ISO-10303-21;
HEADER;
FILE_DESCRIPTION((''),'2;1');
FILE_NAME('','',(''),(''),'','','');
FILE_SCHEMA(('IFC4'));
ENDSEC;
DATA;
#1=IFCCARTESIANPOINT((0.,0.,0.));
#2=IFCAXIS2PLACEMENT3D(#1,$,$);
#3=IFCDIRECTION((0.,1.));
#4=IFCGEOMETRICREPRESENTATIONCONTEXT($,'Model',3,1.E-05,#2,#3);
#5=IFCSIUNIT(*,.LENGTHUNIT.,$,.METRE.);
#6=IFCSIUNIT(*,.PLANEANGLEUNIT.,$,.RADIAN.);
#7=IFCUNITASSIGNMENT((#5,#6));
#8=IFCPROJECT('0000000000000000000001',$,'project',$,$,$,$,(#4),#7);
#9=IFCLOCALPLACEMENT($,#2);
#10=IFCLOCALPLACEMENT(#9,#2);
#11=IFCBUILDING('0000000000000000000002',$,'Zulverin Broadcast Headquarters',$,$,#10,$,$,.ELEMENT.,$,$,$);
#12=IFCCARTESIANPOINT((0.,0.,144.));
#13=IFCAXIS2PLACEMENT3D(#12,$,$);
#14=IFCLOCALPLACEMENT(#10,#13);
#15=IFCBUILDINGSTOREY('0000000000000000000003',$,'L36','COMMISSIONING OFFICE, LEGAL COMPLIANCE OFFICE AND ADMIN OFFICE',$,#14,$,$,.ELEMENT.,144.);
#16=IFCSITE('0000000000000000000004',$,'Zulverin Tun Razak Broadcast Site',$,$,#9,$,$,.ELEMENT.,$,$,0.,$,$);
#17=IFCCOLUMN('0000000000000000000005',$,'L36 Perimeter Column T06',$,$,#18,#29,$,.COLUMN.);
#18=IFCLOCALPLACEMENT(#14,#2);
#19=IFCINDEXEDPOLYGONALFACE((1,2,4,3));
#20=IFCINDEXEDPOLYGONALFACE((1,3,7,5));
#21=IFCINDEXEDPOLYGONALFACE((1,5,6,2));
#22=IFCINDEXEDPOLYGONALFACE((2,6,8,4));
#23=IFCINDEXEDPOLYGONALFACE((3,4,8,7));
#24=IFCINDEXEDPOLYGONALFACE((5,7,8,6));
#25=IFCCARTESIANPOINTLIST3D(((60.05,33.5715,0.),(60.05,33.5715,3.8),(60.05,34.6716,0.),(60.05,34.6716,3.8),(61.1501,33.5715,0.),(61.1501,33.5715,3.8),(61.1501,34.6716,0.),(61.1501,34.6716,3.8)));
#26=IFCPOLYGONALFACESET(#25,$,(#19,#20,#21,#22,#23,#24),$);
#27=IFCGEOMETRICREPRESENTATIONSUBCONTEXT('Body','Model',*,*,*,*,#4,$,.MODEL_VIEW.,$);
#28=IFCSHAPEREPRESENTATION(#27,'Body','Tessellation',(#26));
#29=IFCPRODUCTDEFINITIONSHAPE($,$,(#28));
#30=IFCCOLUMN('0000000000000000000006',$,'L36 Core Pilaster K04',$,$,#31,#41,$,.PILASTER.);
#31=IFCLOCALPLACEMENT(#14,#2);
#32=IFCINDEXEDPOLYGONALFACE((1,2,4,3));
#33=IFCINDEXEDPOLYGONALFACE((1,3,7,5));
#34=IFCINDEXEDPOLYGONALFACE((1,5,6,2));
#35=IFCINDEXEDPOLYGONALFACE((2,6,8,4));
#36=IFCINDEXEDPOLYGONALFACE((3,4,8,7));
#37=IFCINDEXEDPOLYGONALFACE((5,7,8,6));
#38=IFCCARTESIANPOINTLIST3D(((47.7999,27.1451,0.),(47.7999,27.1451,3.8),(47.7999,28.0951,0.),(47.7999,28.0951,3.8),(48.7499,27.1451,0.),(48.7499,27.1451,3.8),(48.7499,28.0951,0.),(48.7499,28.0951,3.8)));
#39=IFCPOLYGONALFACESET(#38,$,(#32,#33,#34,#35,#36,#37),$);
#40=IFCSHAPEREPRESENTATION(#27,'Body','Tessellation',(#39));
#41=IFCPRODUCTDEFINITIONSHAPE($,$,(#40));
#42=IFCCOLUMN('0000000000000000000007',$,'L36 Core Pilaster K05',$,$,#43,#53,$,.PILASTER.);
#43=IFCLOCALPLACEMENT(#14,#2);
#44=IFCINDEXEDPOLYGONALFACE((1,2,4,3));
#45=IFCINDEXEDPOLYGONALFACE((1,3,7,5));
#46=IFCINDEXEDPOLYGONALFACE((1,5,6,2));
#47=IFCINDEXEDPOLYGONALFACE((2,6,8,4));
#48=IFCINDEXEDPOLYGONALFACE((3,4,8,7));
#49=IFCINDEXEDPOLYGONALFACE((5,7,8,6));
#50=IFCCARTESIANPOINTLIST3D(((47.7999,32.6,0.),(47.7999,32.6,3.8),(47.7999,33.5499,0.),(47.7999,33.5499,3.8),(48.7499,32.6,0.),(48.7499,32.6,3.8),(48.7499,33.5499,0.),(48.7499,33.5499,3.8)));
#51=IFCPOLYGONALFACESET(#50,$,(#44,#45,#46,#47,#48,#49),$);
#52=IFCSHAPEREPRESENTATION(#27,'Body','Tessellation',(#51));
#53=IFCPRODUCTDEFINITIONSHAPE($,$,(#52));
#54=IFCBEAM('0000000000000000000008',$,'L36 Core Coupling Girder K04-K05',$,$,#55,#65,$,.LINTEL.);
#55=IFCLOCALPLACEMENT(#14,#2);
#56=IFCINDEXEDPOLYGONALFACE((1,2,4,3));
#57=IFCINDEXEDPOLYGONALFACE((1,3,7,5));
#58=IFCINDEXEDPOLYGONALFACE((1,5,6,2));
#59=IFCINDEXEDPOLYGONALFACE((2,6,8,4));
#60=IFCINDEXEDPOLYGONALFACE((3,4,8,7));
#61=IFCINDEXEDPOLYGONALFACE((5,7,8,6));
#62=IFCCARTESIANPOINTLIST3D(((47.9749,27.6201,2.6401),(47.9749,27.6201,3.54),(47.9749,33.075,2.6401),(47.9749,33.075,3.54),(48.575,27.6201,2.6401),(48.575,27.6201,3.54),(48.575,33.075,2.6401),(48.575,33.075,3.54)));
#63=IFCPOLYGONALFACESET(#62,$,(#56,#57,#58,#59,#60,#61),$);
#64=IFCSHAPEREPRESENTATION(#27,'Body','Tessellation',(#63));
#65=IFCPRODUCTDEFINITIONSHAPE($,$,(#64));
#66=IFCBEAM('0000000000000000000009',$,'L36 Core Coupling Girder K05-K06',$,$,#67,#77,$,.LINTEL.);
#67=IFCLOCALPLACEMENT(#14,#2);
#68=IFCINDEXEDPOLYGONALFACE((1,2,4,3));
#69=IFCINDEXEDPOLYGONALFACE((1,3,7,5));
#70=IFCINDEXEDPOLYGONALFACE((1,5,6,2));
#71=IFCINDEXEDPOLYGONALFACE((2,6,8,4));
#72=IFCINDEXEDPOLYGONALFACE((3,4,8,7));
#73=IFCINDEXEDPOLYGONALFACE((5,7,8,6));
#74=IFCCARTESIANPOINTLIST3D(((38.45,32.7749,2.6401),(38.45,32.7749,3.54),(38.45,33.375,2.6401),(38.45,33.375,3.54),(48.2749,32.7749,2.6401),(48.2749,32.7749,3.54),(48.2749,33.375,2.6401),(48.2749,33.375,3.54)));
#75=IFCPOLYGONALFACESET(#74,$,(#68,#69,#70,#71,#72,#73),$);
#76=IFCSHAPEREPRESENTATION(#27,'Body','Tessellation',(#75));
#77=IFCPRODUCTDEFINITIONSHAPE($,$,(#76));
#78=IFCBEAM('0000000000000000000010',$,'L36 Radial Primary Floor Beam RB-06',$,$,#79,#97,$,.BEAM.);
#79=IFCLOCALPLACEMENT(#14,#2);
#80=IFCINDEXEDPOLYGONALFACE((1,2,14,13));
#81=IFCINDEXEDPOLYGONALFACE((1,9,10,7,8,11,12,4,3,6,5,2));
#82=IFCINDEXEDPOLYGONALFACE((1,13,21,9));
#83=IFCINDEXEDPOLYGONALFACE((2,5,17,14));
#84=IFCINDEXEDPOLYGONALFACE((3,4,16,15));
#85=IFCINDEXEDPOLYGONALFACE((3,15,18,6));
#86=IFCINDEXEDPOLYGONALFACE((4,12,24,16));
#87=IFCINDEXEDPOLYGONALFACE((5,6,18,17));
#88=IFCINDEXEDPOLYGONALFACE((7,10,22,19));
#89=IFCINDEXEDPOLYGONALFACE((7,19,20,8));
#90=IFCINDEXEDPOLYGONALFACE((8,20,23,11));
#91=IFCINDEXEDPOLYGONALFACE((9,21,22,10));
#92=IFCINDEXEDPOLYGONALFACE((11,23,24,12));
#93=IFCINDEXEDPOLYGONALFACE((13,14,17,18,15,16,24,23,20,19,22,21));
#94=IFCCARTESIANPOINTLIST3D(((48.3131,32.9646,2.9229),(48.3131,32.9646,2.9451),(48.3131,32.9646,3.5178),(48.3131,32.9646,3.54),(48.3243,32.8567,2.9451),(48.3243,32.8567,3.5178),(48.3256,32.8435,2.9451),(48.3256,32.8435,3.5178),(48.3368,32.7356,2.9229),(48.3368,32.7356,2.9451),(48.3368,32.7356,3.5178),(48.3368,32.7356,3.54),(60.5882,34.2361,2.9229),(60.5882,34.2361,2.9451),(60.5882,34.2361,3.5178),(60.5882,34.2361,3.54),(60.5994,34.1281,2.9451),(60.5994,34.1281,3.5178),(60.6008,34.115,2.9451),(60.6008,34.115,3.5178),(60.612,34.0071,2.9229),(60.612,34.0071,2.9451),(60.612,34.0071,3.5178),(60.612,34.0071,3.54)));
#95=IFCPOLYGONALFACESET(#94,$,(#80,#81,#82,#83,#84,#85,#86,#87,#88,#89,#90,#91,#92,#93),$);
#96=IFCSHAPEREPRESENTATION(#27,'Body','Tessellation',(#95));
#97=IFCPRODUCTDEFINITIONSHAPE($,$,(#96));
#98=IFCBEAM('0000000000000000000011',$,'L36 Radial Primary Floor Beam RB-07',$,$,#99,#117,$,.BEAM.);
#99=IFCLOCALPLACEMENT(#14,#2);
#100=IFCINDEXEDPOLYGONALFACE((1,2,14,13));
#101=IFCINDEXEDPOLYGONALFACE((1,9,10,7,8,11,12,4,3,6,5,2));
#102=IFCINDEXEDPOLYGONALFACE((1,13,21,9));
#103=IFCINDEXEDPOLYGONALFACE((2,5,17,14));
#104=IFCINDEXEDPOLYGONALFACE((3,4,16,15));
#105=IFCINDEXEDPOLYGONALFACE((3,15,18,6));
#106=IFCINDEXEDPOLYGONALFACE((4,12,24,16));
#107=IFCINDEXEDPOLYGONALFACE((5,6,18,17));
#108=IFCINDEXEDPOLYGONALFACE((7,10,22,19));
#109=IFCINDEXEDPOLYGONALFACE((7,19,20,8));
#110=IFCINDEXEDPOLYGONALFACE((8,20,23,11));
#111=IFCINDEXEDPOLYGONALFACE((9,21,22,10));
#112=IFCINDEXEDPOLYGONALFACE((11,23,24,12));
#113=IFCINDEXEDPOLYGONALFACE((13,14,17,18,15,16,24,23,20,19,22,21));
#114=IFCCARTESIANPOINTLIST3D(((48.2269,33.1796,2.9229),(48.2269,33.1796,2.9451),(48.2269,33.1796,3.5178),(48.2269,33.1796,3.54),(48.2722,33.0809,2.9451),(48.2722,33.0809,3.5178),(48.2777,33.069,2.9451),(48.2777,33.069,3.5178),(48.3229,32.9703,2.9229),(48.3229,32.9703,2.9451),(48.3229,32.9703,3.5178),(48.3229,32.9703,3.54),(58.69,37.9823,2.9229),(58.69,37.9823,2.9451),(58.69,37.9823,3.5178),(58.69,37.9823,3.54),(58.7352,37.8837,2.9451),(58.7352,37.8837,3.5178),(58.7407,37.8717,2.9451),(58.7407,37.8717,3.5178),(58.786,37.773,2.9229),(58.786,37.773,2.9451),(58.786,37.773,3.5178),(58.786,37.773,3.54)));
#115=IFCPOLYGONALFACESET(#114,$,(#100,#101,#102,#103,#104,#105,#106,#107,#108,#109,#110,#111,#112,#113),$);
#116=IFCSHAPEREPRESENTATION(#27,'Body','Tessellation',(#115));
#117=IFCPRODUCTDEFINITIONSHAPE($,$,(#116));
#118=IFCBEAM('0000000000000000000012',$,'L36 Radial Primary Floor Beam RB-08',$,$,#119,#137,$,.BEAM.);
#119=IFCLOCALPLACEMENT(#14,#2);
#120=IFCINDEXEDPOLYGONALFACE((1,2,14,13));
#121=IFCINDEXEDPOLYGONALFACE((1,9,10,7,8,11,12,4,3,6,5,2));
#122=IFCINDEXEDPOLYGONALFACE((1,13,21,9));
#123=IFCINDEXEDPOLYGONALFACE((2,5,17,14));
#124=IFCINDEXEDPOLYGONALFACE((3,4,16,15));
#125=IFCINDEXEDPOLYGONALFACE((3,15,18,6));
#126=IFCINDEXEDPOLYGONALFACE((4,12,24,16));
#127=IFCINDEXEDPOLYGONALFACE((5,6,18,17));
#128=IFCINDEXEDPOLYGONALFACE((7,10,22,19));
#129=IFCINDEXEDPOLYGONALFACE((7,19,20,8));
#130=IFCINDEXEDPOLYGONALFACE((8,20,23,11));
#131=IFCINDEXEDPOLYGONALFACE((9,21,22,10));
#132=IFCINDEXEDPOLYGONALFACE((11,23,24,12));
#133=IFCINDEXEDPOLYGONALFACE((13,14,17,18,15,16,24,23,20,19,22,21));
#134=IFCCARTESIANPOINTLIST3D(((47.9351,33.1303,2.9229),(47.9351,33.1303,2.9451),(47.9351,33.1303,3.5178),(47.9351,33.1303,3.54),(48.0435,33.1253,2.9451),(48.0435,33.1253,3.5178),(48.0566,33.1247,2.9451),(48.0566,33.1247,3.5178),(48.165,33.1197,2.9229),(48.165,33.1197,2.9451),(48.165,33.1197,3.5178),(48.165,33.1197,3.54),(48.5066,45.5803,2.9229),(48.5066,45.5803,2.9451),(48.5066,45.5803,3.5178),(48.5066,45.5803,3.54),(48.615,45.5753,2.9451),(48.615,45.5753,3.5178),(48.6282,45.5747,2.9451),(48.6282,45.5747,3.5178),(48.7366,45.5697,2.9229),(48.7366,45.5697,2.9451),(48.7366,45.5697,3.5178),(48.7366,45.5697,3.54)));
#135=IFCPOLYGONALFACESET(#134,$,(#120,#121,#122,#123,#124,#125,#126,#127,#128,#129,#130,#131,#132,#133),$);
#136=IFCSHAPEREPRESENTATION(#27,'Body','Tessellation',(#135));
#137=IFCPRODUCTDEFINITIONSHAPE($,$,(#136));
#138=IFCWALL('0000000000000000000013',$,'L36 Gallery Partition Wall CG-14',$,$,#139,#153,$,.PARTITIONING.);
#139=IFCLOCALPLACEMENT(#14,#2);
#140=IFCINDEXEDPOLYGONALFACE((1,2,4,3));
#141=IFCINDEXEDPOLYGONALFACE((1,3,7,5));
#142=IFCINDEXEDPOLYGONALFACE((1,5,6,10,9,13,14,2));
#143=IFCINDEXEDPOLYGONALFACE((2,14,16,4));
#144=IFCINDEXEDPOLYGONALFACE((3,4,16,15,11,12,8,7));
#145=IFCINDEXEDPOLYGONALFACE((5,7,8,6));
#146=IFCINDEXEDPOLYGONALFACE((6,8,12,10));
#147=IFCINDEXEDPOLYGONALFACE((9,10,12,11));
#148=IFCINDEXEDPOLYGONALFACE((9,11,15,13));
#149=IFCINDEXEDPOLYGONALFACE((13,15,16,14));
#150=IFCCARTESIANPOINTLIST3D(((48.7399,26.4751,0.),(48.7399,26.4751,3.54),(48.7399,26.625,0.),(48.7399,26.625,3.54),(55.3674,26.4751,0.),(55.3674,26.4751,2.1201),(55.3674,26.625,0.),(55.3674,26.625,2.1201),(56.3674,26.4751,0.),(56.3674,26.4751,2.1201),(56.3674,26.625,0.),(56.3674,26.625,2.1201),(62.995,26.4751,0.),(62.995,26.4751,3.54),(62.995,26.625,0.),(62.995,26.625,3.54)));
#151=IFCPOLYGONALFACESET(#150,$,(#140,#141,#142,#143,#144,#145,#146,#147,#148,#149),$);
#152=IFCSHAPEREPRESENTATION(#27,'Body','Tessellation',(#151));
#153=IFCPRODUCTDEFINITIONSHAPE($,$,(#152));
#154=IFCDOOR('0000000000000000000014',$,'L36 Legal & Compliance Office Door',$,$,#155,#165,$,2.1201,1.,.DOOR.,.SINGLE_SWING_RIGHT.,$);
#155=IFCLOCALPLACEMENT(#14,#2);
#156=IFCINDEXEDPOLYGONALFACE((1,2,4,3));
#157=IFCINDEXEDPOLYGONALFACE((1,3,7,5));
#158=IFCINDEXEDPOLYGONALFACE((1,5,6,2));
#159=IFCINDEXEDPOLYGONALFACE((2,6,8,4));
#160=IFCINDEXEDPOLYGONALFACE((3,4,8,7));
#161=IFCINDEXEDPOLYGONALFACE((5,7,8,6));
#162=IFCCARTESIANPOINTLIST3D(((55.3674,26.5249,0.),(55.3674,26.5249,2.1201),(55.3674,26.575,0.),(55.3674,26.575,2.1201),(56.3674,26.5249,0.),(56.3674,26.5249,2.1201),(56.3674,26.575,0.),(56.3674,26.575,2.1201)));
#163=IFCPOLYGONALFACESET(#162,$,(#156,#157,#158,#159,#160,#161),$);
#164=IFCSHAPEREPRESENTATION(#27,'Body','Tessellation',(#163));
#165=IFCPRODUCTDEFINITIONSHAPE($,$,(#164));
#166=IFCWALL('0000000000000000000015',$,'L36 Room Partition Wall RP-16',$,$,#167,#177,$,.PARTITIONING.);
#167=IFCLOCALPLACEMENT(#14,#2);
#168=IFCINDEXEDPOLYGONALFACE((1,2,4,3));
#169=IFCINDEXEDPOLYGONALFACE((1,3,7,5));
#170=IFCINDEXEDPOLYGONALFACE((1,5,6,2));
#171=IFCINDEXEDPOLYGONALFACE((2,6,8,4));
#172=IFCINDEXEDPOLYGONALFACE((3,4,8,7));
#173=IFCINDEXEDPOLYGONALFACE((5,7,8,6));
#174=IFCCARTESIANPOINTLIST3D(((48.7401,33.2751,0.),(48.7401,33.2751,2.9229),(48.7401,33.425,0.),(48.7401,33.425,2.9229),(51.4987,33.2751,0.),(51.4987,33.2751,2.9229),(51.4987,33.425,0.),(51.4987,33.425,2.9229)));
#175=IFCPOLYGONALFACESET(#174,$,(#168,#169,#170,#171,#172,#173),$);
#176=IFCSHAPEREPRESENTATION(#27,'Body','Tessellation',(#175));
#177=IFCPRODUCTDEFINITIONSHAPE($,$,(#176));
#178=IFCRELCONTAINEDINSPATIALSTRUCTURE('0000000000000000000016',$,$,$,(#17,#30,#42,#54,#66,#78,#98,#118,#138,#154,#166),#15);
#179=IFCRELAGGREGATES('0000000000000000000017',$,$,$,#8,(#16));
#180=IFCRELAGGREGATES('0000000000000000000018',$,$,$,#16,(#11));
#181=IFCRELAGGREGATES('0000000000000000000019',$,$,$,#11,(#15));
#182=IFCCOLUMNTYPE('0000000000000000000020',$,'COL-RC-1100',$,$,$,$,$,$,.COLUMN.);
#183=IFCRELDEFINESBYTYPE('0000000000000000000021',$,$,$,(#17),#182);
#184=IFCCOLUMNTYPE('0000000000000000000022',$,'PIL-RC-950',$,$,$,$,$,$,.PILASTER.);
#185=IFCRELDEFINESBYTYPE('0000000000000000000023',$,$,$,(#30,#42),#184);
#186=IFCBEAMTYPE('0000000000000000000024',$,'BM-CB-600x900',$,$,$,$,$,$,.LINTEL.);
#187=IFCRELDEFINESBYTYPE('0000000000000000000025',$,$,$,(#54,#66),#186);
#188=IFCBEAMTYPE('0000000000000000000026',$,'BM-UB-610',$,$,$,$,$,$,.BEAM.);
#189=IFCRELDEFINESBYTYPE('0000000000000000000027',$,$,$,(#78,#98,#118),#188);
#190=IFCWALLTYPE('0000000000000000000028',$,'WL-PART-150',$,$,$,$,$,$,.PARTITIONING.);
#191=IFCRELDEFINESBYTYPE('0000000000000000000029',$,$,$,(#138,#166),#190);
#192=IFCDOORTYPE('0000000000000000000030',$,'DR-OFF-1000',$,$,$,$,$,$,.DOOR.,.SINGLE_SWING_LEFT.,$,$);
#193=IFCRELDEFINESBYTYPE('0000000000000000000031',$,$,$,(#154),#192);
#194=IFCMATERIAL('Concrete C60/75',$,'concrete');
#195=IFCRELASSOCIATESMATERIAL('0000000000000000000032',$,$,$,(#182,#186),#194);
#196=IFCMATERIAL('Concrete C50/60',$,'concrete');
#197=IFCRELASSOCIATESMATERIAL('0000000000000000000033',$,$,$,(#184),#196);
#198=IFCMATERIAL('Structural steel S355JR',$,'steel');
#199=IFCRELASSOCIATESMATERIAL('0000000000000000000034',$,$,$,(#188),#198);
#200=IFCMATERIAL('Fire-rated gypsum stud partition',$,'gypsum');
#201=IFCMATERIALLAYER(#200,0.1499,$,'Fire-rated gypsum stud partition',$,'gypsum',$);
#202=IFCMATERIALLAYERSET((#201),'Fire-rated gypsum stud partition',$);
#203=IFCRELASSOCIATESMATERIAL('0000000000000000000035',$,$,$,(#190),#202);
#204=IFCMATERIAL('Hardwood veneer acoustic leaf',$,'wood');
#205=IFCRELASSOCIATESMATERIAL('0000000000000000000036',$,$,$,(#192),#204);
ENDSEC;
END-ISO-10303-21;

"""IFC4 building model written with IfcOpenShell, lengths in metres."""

from ifc_helpers import new_model, si_unit, direction, frame, frame_2d, origin, origin_2d, place, context, subcontext, project, spatial, rectangle, i_section, extrude, material, layer, layer_set, material_profile, profile_set, type_object, element, fill, save


model = new_model("IFC4")

# Units and contexts
model_context = context("Model", 3, precision=1e-05, world=origin(), true_north=direction((0.0, 1.0)))
body_context = subcontext(model_context, "Body", "Model", "MODEL_VIEW")
ifc_project = project(units=[si_unit("LENGTHUNIT", "METRE"), si_unit("PLANEANGLEUNIT", "RADIAN")], contexts=[model_context])

# Site, building, storey
site_placement = place(None, origin())
site = spatial("IfcSite", under=ifc_project, at=site_placement, Name="Zulverin Tun Razak Broadcast Site", CompositionType="ELEMENT", RefElevation=0.0)
building_placement = place(site_placement, origin())
building = spatial("IfcBuilding", under=site, at=building_placement, Name="Zulverin Broadcast Headquarters", CompositionType="ELEMENT")
storey_placement = place(building_placement, frame((0.0, 0.0, 144.0)))
storey = spatial("IfcBuildingStorey", under=building, at=storey_placement, Name="L36", Description="COMMISSIONING OFFICE, LEGAL COMPLIANCE OFFICE AND ADMIN OFFICE", CompositionType="ELEMENT", Elevation=144.0)

# Columns
ifc_material_1 = material(Name="Concrete C60/75", Category="concrete")
ifc_material_profile_1 = material_profile(ifc_material_1, rectangle(XDim=1.1001, YDim=1.1001, at=origin_2d()), Name="Concrete C60/75", Category="concrete")
ifc_profile_set_1 = profile_set([ifc_material_profile_1], Name="Concrete C60/75")
column_type_1 = type_object("IfcColumnType", Name="COL-RC-1100", PredefinedType="COLUMN", material=ifc_profile_set_1)
column_placement = place(storey_placement, frame((60.6001, 34.1216, 0.0), z_axis=(0.0, 0.0, 1.0), x_axis=(1.0, 0.0, 0.0)))
element("IfcColumn", 1, at=column_placement, inside=storey, type_object=column_type_1, Name="L36 Perimeter Column T06", PredefinedType="COLUMN", context=body_context, shape_type="SweptSolid", body=[
    extrude(rectangle(XDim=1.1001, YDim=1.1001, at=origin_2d()), origin(), (0.0, 0.0, 1.0), 3.8),
])
ifc_material_2 = material(Name="Concrete C50/60", Category="concrete")
ifc_material_profile_2 = material_profile(ifc_material_2, rectangle(XDim=0.95, YDim=0.95, at=origin_2d()), Name="Concrete C50/60", Category="concrete")
ifc_profile_set_2 = profile_set([ifc_material_profile_2], Name="Concrete C50/60")
column_type_2 = type_object("IfcColumnType", Name="PIL-RC-950", PredefinedType="PILASTER", material=ifc_profile_set_2)
for number, where, z_axis, x_axis, name in (
    (2, (48.2749, 27.6201, 0.0), (0.0, 0.0, 1.0), (1.0, 0.0, 0.0), "L36 Core Pilaster K04"),
    (3, (48.2749, 33.075, 0.0), (0.0, 0.0, 1.0), (1.0, 0.0, 0.0), "L36 Core Pilaster K05"),
):
    element("IfcColumn", number, at=place(storey_placement, frame(where, z_axis=z_axis, x_axis=x_axis)), inside=storey, type_object=column_type_2, Name=name, PredefinedType="PILASTER", context=body_context, shape_type="SweptSolid", body=[
        extrude(rectangle(XDim=0.95, YDim=0.95, at=origin_2d()), origin(), (0.0, 0.0, 1.0), 3.8),
    ])

# Beams
ifc_material_profile_3 = material_profile(ifc_material_1, rectangle(XDim=0.6001, YDim=0.8999, at=origin_2d()), Name="Concrete C60/75", Category="concrete")
ifc_profile_set_3 = profile_set([ifc_material_profile_3], Name="Concrete C60/75")
beam_type_1 = type_object("IfcBeamType", Name="BM-CB-600x900", PredefinedType="LINTEL", material=ifc_profile_set_3)
beam_1_placement = place(storey_placement, frame((48.2749, 27.6201, 3.0901), z_axis=(0.0, 1.0, 0.0), x_axis=(-1.0, 0.0, 0.0)))
element("IfcBeam", 4, at=beam_1_placement, inside=storey, type_object=beam_type_1, Name="L36 Core Coupling Girder K04-K05", PredefinedType="LINTEL", context=body_context, shape_type="SweptSolid", body=[
    extrude(rectangle(XDim=0.6001, YDim=0.8999, at=origin_2d()), origin(), (0.0, 0.0, 1.0), 5.4548),
])
beam_2_placement = place(storey_placement, frame((48.2749, 33.075, 3.0901), z_axis=(-1.0, 0.0, 0.0), x_axis=(0.0, -1.0, 0.0)))
element("IfcBeam", 5, at=beam_2_placement, inside=storey, type_object=beam_type_1, Name="L36 Core Coupling Girder K05-K06", PredefinedType="LINTEL", context=body_context, shape_type="SweptSolid", body=[
    extrude(rectangle(XDim=0.6001, YDim=0.8999, at=origin_2d()), origin(), (0.0, 0.0, 1.0), 9.825),
])
ifc_material_3 = material(Name="Structural steel S355JR", Category="steel")
ifc_material_profile_4 = material_profile(ifc_material_3, i_section(OverallWidth=0.2302, OverallDepth=0.6172, WebThickness=0.0132, FlangeThickness=0.0222, at=origin_2d()), Name="Structural steel S355JR", Category="steel")
ifc_profile_set_4 = profile_set([ifc_material_profile_4], Name="Structural steel S355JR")
beam_type_2 = type_object("IfcBeamType", Name="BM-UB-610", PredefinedType="BEAM", material=ifc_profile_set_4)
beam_3_placement = place(storey_placement, frame((48.325, 32.8501, 3.2314), z_axis=(0.994678, 0.103031, 0.0), x_axis=(-0.103031, 0.994678, 0.0)))
element("IfcBeam", 6, at=beam_3_placement, inside=storey, type_object=beam_type_2, Name="L36 Radial Primary Floor Beam RB-06", PredefinedType="BEAM", context=body_context, shape_type="SweptSolid", body=[
    extrude(i_section(OverallWidth=0.2302, OverallDepth=0.6172, WebThickness=0.0132, FlangeThickness=0.0222, at=origin_2d()), origin(), (0.0, 0.0, 1.0), 12.3408),
])
beam_4_placement = place(storey_placement, frame((48.2749, 33.075, 3.2314), z_axis=(0.90883, 0.417167, 0.0), x_axis=(-0.417167, 0.90883, 0.0)))
element("IfcBeam", 7, at=beam_4_placement, inside=storey, type_object=beam_type_2, Name="L36 Radial Primary Floor Beam RB-07", PredefinedType="BEAM", context=body_context, shape_type="SweptSolid", body=[
    extrude(i_section(OverallWidth=0.2302, OverallDepth=0.6172, WebThickness=0.0132, FlangeThickness=0.0222, at=origin_2d()), origin(), (0.0, 0.0, 1.0), 11.5127),
])
beam_5_placement = place(storey_placement, frame((48.05, 33.125, 3.2314), z_axis=(0.045858, 0.998948, 0.0), x_axis=(-0.998948, 0.045858, 0.0)))
element("IfcBeam", 8, at=beam_5_placement, inside=storey, type_object=beam_type_2, Name="L36 Radial Primary Floor Beam RB-08", PredefinedType="BEAM", context=body_context, shape_type="SweptSolid", body=[
    extrude(i_section(OverallWidth=0.2302, OverallDepth=0.6172, WebThickness=0.0132, FlangeThickness=0.0222, at=origin_2d()), origin(), (0.0, 0.0, 1.0), 12.4631),
])

# Wall, opening, door
ifc_material_4 = material(Name="Fire-rated gypsum stud partition", Category="gypsum")
ifc_layer_1 = layer(ifc_material_4, 0.1499, Name="Fire-rated gypsum stud partition", Category="gypsum")
ifc_layer_set_1 = layer_set([ifc_layer_1], Name="Fire-rated gypsum stud partition")
wall_type_1 = type_object("IfcWallType", Name="WL-PART-150", PredefinedType="PARTITIONING", material=ifc_layer_set_1)
wall_1_placement = place(storey_placement, frame((48.74, 26.55, 0.0), z_axis=(0.0, 0.0, 1.0), x_axis=(1.0, 0.0, 0.0)))
wall_1 = element("IfcWall", 9, at=wall_1_placement, inside=storey, type_object=wall_type_1, Name="L36 Gallery Partition Wall CG-14", PredefinedType="PARTITIONING", context=body_context, shape_type="SweptSolid", body=[
    extrude(rectangle(XDim=14.2551, YDim=0.1499, at=frame_2d((7.1274, 0.0))), origin(), (0.0, 0.0, 1.0), 3.54),
])
opening_placement = place(wall_1_placement, frame((6.6274, 0.0, 0.0)))
opening = element("IfcOpeningElement", 10, at=opening_placement, cuts=wall_1, PredefinedType="OPENING", context=body_context, shape_type="SweptSolid", body=[
    extrude(rectangle(XDim=1.0, YDim=2.1201, at=frame_2d((0.5, 1.0601))), frame((0.0, 0.085, 0.0), z_axis=(0.0, -1.0, 0.0), x_axis=(1.0, 0.0, 0.0)), (0.0, 0.0, 1.0), 0.1699),
])
ifc_material_5 = material(Name="Hardwood veneer acoustic leaf", Category="wood")
door_type = type_object("IfcDoorType", Name="DR-OFF-1000", OperationType="SINGLE_SWING_LEFT", PredefinedType="DOOR", material=ifc_material_5)
door_placement = place(opening_placement, origin())
door = element("IfcDoor", 11, at=door_placement, inside=storey, type_object=door_type, Name="L36 Legal & Compliance Office Door", OperationType="SINGLE_SWING_RIGHT", OverallHeight=2.1201, OverallWidth=1.0, PredefinedType="DOOR", context=body_context, shape_type="SweptSolid", body=[
    extrude(rectangle(XDim=1.0, YDim=2.1201, at=frame_2d((0.5, 1.0601))), frame((0.0, 0.0249, 0.0), z_axis=(0.0, -1.0, 0.0), x_axis=(1.0, 0.0, 0.0)), (0.0, 0.0, 1.0), 0.05),
])
fill(opening, door)

# Wall
wall_2_placement = place(storey_placement, frame((48.74, 33.3501, 0.0), z_axis=(0.0, 0.0, 1.0), x_axis=(1.0, 0.0, 0.0)))
element("IfcWall", 12, at=wall_2_placement, inside=storey, type_object=wall_type_1, Name="L36 Room Partition Wall RP-16", PredefinedType="PARTITIONING", context=body_context, shape_type="SweptSolid", body=[
    extrude(rectangle(XDim=2.7585, YDim=0.1499, at=frame_2d((1.3794, 0.0))), origin(), (0.0, 0.0, 1.0), 2.9229),
])

save(model, "model.ifc")
